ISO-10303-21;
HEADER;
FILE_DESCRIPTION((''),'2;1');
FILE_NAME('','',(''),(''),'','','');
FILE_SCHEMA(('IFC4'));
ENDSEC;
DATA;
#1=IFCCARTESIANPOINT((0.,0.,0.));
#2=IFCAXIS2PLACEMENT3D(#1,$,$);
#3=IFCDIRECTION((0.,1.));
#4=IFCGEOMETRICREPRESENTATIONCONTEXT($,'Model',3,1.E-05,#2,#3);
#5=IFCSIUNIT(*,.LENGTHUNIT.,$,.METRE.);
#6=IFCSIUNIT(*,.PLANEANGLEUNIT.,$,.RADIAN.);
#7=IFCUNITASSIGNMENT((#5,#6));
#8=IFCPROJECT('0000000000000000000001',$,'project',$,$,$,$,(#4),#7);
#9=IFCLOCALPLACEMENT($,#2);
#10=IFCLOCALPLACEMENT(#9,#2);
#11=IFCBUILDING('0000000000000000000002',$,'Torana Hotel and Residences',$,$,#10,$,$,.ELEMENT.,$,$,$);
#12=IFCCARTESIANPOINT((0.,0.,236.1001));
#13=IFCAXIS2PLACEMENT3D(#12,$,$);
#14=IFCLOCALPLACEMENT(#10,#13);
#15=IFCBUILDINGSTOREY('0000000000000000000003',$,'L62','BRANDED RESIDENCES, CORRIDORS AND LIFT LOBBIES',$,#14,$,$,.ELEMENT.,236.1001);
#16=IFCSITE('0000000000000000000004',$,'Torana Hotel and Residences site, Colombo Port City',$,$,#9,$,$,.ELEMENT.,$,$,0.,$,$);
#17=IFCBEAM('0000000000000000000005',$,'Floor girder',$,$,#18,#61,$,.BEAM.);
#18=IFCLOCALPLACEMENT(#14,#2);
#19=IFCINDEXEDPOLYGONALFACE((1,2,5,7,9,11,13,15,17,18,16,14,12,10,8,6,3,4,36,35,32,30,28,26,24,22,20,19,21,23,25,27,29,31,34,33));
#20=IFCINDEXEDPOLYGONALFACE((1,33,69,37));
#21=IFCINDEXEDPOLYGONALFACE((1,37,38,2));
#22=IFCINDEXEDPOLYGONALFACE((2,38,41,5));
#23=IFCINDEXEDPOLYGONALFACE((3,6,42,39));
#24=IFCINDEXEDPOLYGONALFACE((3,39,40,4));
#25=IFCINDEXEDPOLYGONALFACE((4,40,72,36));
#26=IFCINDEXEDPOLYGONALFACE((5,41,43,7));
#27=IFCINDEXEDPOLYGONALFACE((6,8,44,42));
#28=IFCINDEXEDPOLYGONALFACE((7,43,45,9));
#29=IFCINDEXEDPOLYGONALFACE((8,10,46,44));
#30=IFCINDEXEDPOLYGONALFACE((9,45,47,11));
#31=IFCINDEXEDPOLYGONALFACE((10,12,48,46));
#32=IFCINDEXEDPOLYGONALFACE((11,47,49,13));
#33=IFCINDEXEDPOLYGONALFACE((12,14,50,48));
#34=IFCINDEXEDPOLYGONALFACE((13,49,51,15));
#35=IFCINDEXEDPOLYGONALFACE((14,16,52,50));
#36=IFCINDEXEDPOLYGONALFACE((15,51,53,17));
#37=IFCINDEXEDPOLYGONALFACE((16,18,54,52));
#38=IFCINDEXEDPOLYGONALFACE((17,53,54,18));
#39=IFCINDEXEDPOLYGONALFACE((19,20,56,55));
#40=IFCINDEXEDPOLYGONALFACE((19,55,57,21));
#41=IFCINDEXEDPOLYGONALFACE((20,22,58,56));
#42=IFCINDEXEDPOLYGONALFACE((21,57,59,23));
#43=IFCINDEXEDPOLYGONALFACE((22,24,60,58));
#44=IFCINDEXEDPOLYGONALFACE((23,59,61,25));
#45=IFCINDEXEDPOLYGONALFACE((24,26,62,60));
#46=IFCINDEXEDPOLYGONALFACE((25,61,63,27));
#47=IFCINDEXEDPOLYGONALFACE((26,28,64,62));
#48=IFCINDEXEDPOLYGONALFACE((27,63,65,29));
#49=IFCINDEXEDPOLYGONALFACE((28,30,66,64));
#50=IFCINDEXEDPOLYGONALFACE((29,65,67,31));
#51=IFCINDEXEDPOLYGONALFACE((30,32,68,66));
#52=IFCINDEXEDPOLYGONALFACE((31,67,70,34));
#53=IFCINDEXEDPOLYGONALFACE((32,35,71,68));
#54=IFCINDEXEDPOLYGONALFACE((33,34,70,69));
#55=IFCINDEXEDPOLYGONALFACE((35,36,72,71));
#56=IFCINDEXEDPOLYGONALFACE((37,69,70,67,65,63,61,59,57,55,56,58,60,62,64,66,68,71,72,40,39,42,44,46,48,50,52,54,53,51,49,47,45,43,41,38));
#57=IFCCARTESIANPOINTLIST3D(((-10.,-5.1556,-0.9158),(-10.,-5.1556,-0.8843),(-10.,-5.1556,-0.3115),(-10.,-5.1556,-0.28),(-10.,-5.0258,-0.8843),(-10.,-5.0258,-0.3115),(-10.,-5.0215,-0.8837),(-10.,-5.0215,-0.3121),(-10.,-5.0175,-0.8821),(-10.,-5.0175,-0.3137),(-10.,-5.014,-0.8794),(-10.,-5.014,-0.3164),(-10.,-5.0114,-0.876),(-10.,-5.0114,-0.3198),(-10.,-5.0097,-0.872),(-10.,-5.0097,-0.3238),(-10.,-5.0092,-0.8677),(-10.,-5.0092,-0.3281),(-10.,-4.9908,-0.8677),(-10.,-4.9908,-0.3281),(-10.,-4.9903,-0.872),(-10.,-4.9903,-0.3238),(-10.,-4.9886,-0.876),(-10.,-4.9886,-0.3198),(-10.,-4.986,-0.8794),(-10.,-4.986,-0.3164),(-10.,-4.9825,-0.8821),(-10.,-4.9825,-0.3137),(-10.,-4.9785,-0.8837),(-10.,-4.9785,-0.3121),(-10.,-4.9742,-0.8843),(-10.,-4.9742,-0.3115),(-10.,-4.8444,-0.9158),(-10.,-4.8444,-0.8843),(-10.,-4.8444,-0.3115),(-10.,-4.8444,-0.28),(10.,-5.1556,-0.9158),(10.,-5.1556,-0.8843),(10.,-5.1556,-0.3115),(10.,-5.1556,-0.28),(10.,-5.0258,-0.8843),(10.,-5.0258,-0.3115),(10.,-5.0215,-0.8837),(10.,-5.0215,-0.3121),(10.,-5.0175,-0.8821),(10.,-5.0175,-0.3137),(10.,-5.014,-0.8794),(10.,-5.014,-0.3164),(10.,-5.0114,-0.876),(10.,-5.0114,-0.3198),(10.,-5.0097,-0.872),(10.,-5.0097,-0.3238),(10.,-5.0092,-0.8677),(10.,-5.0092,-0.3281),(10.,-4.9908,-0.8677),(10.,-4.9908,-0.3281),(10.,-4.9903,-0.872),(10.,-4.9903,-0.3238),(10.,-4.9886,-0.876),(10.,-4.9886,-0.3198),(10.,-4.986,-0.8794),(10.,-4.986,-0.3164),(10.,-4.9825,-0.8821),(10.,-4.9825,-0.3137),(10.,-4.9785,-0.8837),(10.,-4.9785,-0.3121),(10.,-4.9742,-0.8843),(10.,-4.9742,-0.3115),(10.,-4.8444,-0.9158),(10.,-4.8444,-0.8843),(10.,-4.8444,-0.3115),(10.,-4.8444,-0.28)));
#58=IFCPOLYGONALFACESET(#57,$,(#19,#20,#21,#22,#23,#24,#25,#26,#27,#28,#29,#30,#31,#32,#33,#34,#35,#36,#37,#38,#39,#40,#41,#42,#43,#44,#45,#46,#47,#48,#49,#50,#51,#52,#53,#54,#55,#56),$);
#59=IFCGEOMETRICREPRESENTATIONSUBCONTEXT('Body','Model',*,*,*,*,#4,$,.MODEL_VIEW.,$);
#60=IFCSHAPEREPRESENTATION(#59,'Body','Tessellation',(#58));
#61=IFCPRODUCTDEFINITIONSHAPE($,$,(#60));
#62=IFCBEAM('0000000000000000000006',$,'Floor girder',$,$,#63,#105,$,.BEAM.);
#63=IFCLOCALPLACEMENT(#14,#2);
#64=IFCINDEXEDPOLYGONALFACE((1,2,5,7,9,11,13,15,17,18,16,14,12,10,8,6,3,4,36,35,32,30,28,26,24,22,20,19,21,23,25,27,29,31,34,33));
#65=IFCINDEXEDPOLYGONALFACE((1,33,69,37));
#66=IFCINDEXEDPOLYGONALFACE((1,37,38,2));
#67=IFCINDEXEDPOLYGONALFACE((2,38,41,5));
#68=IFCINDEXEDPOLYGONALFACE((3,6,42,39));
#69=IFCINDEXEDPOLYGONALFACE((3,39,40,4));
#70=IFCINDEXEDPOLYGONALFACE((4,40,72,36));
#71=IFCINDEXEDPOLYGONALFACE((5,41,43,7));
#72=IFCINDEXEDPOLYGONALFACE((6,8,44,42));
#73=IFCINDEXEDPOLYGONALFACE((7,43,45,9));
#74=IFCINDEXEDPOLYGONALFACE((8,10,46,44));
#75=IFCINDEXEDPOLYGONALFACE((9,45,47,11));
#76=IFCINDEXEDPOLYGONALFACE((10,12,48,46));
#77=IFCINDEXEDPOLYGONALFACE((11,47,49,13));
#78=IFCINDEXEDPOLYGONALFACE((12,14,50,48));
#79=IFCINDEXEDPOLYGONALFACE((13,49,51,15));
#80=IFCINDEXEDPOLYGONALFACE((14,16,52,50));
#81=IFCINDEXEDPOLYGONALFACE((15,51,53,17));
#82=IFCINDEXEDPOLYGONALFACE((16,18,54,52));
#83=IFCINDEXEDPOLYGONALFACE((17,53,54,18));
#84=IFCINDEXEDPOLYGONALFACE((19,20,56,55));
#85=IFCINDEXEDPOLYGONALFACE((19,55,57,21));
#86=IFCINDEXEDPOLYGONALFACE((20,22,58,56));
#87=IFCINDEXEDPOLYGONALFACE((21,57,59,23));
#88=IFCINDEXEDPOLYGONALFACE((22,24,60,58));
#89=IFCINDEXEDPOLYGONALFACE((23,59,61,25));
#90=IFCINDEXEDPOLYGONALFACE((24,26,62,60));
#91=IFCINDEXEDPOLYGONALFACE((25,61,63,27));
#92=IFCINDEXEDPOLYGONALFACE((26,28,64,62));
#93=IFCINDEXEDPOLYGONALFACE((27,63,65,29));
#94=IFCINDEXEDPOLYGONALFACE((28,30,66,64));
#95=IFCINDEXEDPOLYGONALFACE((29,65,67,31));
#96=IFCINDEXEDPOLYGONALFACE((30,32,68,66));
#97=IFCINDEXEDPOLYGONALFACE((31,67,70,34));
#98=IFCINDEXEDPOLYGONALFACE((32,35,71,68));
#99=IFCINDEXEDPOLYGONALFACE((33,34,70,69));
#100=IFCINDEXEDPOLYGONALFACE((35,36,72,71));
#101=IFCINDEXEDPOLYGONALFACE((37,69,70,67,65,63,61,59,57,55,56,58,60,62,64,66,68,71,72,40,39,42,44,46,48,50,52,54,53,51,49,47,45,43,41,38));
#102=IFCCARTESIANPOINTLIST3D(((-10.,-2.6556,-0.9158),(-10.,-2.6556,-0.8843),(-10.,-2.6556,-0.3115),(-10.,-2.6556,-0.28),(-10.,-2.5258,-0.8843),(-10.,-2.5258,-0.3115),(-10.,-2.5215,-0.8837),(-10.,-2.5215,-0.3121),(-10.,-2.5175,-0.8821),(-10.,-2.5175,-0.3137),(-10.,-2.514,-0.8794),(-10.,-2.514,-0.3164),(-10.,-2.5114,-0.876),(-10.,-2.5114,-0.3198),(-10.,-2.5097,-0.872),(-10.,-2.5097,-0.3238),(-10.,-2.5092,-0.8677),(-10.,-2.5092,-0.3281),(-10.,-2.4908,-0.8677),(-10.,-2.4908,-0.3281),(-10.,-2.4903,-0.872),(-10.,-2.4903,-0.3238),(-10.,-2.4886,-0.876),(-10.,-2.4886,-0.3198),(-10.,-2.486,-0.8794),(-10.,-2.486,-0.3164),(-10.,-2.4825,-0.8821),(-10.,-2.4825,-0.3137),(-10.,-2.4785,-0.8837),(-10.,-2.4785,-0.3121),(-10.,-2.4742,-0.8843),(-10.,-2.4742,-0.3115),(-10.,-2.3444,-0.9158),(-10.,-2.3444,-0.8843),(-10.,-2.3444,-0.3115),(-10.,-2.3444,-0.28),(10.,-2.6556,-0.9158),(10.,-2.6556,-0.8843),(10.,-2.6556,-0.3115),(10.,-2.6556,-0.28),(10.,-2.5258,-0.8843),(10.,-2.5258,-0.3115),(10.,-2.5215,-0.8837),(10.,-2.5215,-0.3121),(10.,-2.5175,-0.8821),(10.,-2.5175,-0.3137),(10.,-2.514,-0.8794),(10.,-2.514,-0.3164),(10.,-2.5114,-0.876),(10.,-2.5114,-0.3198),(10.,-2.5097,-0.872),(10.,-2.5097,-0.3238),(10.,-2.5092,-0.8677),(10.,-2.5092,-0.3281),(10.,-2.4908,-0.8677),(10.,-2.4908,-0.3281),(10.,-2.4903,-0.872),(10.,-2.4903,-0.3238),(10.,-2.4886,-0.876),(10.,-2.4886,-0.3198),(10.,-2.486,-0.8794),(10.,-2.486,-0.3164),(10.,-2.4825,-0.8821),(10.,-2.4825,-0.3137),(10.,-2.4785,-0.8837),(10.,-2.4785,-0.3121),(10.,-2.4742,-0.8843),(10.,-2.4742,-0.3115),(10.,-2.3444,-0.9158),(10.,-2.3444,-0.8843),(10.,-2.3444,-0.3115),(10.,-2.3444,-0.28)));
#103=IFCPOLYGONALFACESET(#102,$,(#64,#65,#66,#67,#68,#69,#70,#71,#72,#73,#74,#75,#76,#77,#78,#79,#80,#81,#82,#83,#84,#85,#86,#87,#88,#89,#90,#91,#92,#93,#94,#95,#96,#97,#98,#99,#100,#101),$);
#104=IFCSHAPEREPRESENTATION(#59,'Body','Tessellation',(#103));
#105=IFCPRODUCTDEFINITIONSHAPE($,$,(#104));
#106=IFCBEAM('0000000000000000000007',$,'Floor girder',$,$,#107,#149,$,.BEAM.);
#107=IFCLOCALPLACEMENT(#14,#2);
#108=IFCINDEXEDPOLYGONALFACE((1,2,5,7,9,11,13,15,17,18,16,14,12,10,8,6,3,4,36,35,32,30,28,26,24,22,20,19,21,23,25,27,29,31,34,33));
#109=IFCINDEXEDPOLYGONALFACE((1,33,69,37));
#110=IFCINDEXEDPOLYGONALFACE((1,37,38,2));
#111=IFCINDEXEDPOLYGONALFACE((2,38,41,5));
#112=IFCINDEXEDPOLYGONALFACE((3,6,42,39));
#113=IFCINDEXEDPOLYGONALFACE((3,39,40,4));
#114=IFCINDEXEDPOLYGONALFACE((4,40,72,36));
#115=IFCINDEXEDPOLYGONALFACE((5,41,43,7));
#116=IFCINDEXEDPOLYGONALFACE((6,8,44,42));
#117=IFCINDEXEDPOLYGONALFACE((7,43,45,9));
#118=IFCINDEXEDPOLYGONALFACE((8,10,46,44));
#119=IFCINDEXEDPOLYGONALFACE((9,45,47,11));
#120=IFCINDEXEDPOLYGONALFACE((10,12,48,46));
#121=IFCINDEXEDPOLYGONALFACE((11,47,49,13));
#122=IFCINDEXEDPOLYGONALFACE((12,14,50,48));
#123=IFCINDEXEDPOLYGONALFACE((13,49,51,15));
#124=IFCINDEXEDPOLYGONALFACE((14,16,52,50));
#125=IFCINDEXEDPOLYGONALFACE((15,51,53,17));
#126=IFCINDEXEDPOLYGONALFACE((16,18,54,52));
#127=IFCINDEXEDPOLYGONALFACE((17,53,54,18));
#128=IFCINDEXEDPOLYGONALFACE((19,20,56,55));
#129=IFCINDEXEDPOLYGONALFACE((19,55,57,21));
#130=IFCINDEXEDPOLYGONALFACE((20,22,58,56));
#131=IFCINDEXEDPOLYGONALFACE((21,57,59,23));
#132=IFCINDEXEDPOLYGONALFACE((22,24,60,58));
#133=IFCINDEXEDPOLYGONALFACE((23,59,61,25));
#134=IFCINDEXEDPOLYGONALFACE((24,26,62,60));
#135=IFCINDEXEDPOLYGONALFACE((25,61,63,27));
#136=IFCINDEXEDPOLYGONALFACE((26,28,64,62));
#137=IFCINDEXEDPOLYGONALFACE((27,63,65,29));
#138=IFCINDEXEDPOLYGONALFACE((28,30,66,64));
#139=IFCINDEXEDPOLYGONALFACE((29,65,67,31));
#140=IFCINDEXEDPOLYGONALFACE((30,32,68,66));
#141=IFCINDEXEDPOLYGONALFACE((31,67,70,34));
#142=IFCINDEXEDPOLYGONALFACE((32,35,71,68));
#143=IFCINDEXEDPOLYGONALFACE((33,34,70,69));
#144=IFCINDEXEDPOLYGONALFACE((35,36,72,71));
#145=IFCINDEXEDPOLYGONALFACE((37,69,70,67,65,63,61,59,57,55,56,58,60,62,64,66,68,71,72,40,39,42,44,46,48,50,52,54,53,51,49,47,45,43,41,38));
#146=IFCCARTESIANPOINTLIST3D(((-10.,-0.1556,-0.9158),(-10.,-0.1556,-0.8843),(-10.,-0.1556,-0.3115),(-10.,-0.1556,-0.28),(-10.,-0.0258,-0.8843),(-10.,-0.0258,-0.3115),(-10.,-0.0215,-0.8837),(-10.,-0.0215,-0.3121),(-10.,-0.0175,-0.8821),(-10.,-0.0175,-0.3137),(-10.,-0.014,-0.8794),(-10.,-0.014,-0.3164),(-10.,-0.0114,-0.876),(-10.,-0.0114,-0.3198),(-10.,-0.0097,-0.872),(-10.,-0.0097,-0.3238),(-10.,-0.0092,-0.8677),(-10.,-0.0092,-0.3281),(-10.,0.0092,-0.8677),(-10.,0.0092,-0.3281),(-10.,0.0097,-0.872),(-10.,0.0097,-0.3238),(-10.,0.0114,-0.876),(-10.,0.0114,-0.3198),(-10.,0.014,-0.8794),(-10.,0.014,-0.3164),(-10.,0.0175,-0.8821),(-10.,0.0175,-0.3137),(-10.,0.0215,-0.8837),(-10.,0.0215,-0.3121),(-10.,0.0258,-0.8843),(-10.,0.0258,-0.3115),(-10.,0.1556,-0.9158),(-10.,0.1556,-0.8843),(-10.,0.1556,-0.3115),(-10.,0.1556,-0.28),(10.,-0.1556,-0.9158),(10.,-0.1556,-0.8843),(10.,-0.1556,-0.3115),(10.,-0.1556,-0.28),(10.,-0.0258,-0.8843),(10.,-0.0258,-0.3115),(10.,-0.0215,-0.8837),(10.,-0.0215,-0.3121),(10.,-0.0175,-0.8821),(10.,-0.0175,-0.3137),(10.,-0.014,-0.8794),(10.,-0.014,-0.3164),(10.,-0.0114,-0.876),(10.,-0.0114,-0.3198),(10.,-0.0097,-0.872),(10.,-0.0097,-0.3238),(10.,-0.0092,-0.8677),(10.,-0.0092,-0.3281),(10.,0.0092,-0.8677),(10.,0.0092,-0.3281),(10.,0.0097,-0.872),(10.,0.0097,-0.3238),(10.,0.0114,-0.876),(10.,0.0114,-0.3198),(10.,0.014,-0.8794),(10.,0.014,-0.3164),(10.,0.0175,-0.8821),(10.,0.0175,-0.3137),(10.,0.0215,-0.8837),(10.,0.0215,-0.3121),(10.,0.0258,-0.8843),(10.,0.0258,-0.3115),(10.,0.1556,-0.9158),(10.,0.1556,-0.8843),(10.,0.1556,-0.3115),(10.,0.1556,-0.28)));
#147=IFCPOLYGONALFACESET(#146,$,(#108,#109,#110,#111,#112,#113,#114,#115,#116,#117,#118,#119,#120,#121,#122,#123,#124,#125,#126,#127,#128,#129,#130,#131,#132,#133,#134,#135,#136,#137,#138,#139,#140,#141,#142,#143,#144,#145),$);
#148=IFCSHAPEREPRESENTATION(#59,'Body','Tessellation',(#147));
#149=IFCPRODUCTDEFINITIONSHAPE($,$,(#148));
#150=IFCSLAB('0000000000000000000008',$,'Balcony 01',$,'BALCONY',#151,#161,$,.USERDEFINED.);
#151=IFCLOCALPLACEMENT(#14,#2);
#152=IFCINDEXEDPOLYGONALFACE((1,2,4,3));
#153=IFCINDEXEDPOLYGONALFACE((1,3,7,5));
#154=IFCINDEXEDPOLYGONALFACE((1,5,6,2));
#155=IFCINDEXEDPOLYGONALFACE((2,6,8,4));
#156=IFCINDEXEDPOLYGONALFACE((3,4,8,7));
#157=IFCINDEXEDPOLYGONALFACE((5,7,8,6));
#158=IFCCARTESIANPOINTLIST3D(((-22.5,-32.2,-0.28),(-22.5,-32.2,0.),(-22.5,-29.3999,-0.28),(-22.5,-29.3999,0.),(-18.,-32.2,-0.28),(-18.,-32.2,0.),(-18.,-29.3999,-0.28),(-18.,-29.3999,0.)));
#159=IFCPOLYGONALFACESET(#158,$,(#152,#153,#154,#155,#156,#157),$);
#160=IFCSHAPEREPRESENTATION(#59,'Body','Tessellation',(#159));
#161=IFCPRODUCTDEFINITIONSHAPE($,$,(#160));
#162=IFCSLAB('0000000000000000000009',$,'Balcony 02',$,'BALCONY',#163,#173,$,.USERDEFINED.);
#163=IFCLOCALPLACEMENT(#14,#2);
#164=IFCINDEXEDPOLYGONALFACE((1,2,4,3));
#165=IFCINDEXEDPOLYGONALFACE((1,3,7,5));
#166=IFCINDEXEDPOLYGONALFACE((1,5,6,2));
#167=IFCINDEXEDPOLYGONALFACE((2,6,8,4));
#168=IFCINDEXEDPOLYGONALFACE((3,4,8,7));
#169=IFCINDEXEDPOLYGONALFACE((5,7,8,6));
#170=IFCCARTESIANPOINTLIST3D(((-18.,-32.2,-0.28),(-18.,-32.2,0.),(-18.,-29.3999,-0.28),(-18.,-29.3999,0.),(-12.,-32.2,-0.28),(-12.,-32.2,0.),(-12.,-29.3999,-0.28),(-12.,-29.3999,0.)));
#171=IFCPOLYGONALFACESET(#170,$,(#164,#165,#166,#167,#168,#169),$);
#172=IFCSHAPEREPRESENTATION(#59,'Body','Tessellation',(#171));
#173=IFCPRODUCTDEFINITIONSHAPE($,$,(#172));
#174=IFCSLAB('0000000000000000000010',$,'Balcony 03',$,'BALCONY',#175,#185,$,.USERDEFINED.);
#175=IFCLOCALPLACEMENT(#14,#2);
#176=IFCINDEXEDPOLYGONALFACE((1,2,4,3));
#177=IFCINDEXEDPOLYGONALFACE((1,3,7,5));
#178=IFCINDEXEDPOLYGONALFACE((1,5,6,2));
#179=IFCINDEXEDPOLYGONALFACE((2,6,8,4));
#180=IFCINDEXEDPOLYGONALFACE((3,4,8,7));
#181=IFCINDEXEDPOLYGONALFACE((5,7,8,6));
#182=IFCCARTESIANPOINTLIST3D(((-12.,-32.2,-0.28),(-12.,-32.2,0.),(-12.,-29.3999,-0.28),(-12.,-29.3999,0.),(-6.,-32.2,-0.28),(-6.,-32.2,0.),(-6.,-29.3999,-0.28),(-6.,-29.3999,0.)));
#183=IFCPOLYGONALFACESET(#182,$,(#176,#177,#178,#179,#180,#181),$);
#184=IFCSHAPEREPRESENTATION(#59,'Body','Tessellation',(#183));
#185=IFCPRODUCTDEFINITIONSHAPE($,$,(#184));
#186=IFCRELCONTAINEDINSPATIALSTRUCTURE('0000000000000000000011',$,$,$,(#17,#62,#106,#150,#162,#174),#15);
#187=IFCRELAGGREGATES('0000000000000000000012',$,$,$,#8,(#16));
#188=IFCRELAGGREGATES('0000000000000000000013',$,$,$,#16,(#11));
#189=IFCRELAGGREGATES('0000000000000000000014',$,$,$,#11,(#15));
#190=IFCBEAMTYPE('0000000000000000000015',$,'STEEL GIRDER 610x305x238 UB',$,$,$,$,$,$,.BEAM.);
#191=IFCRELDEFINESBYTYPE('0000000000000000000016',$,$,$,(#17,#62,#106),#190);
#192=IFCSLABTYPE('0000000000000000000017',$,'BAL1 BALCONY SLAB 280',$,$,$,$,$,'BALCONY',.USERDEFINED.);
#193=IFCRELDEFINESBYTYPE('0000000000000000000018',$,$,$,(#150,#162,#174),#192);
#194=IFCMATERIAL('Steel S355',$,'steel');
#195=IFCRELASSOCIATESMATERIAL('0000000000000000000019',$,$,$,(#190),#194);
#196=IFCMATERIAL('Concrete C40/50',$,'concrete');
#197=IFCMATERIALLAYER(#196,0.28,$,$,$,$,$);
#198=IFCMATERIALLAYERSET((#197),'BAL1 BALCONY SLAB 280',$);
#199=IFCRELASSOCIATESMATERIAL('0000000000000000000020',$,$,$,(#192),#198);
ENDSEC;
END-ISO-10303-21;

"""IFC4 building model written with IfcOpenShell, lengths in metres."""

from ifc_helpers import new_model, si_unit, direction, frame, origin, origin_2d, place, context, subcontext, project, spatial, polyline, i_section, outline, extrude, material, layer, layer_set, material_profile, profile_set, type_object, element, save


model = new_model("IFC4")

# Units and contexts
model_context = context("Model", 3, precision=1e-05, world=origin(), true_north=direction((0.0, 1.0)))
body_context = subcontext(model_context, "Body", "Model", "MODEL_VIEW")
ifc_project = project(units=[si_unit("LENGTHUNIT", "METRE"), si_unit("PLANEANGLEUNIT", "RADIAN")], contexts=[model_context])

# Site, building, storey
site_placement = place(None, origin())
site = spatial("IfcSite", under=ifc_project, at=site_placement, Name="Torana Hotel and Residences site, Colombo Port City", CompositionType="ELEMENT", RefElevation=0.0)
building_placement = place(site_placement, origin())
building = spatial("IfcBuilding", under=site, at=building_placement, Name="Torana Hotel and Residences", CompositionType="ELEMENT")
storey_placement = place(building_placement, frame((0.0, 0.0, 236.1001)))
storey = spatial("IfcBuildingStorey", under=building, at=storey_placement, Name="L62", Description="BRANDED RESIDENCES, CORRIDORS AND LIFT LOBBIES", CompositionType="ELEMENT", Elevation=236.1001)

# Beams
ifc_material_1 = material(Name="Steel S355", Category="steel")
ifc_material_profile = material_profile(ifc_material_1, i_section(OverallWidth=0.3113, OverallDepth=0.6357, WebThickness=0.0183, FlangeThickness=0.0315, FilletRadius=0.0166, at=origin_2d()), Name="610x305x238 UB")
ifc_profile_set = profile_set([ifc_material_profile], Name="Steel S355")
beam_type = type_object("IfcBeamType", Name="STEEL GIRDER 610x305x238 UB", PredefinedType="BEAM", material=ifc_profile_set)
for number, where, z_axis, x_axis, name in (
    (1, (-10.0, -5.0, -0.5979), (1.0, 0.0, 0.0), (0.0, 1.0, 0.0), "Floor girder"),
    (2, (-10.0, -2.5, -0.5979), (1.0, 0.0, 0.0), (0.0, 1.0, 0.0), "Floor girder"),
    (3, (-10.0, 0.0, -0.5979), (1.0, 0.0, 0.0), (0.0, 1.0, 0.0), "Floor girder"),
):
    element("IfcBeam", number, at=place(storey_placement, frame(where, z_axis=z_axis, x_axis=x_axis)), inside=storey, type_object=beam_type, Name=name, PredefinedType="BEAM", context=body_context, shape_type="SweptSolid", body=[
        extrude(i_section(OverallWidth=0.3113, OverallDepth=0.6357, WebThickness=0.0183, FlangeThickness=0.0315, FilletRadius=0.0166, at=origin_2d()), origin(), (0.0, 0.0, 1.0), 20.0),
    ])

# Slabs
ifc_material_2 = material(Name="Concrete C40/50", Category="concrete")
ifc_layer_1 = layer(ifc_material_2, 0.28)
ifc_layer_set_1 = layer_set([ifc_layer_1], Name="BAL1 BALCONY SLAB 280")
slab_type_1 = type_object("IfcSlabType", Name="BAL1 BALCONY SLAB 280", ElementType="BALCONY", PredefinedType="USERDEFINED", material=ifc_layer_set_1)
slab_1_placement = place(storey_placement, frame((0.0, 0.0, -0.28)))
element("IfcSlab", 4, at=slab_1_placement, inside=storey, type_object=slab_type_1, Name="Balcony 01", ObjectType="BALCONY", PredefinedType="USERDEFINED", context=body_context, shape_type="SweptSolid", body=[
    extrude(outline(polyline([(-22.5, -32.2), (-18.0, -32.2), (-18.0, -29.3999), (-22.5, -29.3999), (-22.5, -32.2)])), origin(), (0.0, 0.0, 1.0), 0.28),
])
slab_2_placement = place(storey_placement, frame((0.0, 0.0, -0.28)))
element("IfcSlab", 5, at=slab_2_placement, inside=storey, type_object=slab_type_1, Name="Balcony 02", ObjectType="BALCONY", PredefinedType="USERDEFINED", context=body_context, shape_type="SweptSolid", body=[
    extrude(outline(polyline([(-18.0, -32.2), (-12.0, -32.2), (-12.0, -29.3999), (-18.0, -29.3999), (-18.0, -32.2)])), origin(), (0.0, 0.0, 1.0), 0.28),
])
slab_3_placement = place(storey_placement, frame((0.0, 0.0, -0.28)))
element("IfcSlab", 6, at=slab_3_placement, inside=storey, type_object=slab_type_1, Name="Balcony 03", ObjectType="BALCONY", PredefinedType="USERDEFINED", context=body_context, shape_type="SweptSolid", body=[
    extrude(outline(polyline([(-12.0, -32.2), (-6.0, -32.2), (-6.0, -29.3999), (-12.0, -29.3999), (-12.0, -32.2)])), origin(), (0.0, 0.0, 1.0), 0.28),
])

save(model, "model.ifc")
